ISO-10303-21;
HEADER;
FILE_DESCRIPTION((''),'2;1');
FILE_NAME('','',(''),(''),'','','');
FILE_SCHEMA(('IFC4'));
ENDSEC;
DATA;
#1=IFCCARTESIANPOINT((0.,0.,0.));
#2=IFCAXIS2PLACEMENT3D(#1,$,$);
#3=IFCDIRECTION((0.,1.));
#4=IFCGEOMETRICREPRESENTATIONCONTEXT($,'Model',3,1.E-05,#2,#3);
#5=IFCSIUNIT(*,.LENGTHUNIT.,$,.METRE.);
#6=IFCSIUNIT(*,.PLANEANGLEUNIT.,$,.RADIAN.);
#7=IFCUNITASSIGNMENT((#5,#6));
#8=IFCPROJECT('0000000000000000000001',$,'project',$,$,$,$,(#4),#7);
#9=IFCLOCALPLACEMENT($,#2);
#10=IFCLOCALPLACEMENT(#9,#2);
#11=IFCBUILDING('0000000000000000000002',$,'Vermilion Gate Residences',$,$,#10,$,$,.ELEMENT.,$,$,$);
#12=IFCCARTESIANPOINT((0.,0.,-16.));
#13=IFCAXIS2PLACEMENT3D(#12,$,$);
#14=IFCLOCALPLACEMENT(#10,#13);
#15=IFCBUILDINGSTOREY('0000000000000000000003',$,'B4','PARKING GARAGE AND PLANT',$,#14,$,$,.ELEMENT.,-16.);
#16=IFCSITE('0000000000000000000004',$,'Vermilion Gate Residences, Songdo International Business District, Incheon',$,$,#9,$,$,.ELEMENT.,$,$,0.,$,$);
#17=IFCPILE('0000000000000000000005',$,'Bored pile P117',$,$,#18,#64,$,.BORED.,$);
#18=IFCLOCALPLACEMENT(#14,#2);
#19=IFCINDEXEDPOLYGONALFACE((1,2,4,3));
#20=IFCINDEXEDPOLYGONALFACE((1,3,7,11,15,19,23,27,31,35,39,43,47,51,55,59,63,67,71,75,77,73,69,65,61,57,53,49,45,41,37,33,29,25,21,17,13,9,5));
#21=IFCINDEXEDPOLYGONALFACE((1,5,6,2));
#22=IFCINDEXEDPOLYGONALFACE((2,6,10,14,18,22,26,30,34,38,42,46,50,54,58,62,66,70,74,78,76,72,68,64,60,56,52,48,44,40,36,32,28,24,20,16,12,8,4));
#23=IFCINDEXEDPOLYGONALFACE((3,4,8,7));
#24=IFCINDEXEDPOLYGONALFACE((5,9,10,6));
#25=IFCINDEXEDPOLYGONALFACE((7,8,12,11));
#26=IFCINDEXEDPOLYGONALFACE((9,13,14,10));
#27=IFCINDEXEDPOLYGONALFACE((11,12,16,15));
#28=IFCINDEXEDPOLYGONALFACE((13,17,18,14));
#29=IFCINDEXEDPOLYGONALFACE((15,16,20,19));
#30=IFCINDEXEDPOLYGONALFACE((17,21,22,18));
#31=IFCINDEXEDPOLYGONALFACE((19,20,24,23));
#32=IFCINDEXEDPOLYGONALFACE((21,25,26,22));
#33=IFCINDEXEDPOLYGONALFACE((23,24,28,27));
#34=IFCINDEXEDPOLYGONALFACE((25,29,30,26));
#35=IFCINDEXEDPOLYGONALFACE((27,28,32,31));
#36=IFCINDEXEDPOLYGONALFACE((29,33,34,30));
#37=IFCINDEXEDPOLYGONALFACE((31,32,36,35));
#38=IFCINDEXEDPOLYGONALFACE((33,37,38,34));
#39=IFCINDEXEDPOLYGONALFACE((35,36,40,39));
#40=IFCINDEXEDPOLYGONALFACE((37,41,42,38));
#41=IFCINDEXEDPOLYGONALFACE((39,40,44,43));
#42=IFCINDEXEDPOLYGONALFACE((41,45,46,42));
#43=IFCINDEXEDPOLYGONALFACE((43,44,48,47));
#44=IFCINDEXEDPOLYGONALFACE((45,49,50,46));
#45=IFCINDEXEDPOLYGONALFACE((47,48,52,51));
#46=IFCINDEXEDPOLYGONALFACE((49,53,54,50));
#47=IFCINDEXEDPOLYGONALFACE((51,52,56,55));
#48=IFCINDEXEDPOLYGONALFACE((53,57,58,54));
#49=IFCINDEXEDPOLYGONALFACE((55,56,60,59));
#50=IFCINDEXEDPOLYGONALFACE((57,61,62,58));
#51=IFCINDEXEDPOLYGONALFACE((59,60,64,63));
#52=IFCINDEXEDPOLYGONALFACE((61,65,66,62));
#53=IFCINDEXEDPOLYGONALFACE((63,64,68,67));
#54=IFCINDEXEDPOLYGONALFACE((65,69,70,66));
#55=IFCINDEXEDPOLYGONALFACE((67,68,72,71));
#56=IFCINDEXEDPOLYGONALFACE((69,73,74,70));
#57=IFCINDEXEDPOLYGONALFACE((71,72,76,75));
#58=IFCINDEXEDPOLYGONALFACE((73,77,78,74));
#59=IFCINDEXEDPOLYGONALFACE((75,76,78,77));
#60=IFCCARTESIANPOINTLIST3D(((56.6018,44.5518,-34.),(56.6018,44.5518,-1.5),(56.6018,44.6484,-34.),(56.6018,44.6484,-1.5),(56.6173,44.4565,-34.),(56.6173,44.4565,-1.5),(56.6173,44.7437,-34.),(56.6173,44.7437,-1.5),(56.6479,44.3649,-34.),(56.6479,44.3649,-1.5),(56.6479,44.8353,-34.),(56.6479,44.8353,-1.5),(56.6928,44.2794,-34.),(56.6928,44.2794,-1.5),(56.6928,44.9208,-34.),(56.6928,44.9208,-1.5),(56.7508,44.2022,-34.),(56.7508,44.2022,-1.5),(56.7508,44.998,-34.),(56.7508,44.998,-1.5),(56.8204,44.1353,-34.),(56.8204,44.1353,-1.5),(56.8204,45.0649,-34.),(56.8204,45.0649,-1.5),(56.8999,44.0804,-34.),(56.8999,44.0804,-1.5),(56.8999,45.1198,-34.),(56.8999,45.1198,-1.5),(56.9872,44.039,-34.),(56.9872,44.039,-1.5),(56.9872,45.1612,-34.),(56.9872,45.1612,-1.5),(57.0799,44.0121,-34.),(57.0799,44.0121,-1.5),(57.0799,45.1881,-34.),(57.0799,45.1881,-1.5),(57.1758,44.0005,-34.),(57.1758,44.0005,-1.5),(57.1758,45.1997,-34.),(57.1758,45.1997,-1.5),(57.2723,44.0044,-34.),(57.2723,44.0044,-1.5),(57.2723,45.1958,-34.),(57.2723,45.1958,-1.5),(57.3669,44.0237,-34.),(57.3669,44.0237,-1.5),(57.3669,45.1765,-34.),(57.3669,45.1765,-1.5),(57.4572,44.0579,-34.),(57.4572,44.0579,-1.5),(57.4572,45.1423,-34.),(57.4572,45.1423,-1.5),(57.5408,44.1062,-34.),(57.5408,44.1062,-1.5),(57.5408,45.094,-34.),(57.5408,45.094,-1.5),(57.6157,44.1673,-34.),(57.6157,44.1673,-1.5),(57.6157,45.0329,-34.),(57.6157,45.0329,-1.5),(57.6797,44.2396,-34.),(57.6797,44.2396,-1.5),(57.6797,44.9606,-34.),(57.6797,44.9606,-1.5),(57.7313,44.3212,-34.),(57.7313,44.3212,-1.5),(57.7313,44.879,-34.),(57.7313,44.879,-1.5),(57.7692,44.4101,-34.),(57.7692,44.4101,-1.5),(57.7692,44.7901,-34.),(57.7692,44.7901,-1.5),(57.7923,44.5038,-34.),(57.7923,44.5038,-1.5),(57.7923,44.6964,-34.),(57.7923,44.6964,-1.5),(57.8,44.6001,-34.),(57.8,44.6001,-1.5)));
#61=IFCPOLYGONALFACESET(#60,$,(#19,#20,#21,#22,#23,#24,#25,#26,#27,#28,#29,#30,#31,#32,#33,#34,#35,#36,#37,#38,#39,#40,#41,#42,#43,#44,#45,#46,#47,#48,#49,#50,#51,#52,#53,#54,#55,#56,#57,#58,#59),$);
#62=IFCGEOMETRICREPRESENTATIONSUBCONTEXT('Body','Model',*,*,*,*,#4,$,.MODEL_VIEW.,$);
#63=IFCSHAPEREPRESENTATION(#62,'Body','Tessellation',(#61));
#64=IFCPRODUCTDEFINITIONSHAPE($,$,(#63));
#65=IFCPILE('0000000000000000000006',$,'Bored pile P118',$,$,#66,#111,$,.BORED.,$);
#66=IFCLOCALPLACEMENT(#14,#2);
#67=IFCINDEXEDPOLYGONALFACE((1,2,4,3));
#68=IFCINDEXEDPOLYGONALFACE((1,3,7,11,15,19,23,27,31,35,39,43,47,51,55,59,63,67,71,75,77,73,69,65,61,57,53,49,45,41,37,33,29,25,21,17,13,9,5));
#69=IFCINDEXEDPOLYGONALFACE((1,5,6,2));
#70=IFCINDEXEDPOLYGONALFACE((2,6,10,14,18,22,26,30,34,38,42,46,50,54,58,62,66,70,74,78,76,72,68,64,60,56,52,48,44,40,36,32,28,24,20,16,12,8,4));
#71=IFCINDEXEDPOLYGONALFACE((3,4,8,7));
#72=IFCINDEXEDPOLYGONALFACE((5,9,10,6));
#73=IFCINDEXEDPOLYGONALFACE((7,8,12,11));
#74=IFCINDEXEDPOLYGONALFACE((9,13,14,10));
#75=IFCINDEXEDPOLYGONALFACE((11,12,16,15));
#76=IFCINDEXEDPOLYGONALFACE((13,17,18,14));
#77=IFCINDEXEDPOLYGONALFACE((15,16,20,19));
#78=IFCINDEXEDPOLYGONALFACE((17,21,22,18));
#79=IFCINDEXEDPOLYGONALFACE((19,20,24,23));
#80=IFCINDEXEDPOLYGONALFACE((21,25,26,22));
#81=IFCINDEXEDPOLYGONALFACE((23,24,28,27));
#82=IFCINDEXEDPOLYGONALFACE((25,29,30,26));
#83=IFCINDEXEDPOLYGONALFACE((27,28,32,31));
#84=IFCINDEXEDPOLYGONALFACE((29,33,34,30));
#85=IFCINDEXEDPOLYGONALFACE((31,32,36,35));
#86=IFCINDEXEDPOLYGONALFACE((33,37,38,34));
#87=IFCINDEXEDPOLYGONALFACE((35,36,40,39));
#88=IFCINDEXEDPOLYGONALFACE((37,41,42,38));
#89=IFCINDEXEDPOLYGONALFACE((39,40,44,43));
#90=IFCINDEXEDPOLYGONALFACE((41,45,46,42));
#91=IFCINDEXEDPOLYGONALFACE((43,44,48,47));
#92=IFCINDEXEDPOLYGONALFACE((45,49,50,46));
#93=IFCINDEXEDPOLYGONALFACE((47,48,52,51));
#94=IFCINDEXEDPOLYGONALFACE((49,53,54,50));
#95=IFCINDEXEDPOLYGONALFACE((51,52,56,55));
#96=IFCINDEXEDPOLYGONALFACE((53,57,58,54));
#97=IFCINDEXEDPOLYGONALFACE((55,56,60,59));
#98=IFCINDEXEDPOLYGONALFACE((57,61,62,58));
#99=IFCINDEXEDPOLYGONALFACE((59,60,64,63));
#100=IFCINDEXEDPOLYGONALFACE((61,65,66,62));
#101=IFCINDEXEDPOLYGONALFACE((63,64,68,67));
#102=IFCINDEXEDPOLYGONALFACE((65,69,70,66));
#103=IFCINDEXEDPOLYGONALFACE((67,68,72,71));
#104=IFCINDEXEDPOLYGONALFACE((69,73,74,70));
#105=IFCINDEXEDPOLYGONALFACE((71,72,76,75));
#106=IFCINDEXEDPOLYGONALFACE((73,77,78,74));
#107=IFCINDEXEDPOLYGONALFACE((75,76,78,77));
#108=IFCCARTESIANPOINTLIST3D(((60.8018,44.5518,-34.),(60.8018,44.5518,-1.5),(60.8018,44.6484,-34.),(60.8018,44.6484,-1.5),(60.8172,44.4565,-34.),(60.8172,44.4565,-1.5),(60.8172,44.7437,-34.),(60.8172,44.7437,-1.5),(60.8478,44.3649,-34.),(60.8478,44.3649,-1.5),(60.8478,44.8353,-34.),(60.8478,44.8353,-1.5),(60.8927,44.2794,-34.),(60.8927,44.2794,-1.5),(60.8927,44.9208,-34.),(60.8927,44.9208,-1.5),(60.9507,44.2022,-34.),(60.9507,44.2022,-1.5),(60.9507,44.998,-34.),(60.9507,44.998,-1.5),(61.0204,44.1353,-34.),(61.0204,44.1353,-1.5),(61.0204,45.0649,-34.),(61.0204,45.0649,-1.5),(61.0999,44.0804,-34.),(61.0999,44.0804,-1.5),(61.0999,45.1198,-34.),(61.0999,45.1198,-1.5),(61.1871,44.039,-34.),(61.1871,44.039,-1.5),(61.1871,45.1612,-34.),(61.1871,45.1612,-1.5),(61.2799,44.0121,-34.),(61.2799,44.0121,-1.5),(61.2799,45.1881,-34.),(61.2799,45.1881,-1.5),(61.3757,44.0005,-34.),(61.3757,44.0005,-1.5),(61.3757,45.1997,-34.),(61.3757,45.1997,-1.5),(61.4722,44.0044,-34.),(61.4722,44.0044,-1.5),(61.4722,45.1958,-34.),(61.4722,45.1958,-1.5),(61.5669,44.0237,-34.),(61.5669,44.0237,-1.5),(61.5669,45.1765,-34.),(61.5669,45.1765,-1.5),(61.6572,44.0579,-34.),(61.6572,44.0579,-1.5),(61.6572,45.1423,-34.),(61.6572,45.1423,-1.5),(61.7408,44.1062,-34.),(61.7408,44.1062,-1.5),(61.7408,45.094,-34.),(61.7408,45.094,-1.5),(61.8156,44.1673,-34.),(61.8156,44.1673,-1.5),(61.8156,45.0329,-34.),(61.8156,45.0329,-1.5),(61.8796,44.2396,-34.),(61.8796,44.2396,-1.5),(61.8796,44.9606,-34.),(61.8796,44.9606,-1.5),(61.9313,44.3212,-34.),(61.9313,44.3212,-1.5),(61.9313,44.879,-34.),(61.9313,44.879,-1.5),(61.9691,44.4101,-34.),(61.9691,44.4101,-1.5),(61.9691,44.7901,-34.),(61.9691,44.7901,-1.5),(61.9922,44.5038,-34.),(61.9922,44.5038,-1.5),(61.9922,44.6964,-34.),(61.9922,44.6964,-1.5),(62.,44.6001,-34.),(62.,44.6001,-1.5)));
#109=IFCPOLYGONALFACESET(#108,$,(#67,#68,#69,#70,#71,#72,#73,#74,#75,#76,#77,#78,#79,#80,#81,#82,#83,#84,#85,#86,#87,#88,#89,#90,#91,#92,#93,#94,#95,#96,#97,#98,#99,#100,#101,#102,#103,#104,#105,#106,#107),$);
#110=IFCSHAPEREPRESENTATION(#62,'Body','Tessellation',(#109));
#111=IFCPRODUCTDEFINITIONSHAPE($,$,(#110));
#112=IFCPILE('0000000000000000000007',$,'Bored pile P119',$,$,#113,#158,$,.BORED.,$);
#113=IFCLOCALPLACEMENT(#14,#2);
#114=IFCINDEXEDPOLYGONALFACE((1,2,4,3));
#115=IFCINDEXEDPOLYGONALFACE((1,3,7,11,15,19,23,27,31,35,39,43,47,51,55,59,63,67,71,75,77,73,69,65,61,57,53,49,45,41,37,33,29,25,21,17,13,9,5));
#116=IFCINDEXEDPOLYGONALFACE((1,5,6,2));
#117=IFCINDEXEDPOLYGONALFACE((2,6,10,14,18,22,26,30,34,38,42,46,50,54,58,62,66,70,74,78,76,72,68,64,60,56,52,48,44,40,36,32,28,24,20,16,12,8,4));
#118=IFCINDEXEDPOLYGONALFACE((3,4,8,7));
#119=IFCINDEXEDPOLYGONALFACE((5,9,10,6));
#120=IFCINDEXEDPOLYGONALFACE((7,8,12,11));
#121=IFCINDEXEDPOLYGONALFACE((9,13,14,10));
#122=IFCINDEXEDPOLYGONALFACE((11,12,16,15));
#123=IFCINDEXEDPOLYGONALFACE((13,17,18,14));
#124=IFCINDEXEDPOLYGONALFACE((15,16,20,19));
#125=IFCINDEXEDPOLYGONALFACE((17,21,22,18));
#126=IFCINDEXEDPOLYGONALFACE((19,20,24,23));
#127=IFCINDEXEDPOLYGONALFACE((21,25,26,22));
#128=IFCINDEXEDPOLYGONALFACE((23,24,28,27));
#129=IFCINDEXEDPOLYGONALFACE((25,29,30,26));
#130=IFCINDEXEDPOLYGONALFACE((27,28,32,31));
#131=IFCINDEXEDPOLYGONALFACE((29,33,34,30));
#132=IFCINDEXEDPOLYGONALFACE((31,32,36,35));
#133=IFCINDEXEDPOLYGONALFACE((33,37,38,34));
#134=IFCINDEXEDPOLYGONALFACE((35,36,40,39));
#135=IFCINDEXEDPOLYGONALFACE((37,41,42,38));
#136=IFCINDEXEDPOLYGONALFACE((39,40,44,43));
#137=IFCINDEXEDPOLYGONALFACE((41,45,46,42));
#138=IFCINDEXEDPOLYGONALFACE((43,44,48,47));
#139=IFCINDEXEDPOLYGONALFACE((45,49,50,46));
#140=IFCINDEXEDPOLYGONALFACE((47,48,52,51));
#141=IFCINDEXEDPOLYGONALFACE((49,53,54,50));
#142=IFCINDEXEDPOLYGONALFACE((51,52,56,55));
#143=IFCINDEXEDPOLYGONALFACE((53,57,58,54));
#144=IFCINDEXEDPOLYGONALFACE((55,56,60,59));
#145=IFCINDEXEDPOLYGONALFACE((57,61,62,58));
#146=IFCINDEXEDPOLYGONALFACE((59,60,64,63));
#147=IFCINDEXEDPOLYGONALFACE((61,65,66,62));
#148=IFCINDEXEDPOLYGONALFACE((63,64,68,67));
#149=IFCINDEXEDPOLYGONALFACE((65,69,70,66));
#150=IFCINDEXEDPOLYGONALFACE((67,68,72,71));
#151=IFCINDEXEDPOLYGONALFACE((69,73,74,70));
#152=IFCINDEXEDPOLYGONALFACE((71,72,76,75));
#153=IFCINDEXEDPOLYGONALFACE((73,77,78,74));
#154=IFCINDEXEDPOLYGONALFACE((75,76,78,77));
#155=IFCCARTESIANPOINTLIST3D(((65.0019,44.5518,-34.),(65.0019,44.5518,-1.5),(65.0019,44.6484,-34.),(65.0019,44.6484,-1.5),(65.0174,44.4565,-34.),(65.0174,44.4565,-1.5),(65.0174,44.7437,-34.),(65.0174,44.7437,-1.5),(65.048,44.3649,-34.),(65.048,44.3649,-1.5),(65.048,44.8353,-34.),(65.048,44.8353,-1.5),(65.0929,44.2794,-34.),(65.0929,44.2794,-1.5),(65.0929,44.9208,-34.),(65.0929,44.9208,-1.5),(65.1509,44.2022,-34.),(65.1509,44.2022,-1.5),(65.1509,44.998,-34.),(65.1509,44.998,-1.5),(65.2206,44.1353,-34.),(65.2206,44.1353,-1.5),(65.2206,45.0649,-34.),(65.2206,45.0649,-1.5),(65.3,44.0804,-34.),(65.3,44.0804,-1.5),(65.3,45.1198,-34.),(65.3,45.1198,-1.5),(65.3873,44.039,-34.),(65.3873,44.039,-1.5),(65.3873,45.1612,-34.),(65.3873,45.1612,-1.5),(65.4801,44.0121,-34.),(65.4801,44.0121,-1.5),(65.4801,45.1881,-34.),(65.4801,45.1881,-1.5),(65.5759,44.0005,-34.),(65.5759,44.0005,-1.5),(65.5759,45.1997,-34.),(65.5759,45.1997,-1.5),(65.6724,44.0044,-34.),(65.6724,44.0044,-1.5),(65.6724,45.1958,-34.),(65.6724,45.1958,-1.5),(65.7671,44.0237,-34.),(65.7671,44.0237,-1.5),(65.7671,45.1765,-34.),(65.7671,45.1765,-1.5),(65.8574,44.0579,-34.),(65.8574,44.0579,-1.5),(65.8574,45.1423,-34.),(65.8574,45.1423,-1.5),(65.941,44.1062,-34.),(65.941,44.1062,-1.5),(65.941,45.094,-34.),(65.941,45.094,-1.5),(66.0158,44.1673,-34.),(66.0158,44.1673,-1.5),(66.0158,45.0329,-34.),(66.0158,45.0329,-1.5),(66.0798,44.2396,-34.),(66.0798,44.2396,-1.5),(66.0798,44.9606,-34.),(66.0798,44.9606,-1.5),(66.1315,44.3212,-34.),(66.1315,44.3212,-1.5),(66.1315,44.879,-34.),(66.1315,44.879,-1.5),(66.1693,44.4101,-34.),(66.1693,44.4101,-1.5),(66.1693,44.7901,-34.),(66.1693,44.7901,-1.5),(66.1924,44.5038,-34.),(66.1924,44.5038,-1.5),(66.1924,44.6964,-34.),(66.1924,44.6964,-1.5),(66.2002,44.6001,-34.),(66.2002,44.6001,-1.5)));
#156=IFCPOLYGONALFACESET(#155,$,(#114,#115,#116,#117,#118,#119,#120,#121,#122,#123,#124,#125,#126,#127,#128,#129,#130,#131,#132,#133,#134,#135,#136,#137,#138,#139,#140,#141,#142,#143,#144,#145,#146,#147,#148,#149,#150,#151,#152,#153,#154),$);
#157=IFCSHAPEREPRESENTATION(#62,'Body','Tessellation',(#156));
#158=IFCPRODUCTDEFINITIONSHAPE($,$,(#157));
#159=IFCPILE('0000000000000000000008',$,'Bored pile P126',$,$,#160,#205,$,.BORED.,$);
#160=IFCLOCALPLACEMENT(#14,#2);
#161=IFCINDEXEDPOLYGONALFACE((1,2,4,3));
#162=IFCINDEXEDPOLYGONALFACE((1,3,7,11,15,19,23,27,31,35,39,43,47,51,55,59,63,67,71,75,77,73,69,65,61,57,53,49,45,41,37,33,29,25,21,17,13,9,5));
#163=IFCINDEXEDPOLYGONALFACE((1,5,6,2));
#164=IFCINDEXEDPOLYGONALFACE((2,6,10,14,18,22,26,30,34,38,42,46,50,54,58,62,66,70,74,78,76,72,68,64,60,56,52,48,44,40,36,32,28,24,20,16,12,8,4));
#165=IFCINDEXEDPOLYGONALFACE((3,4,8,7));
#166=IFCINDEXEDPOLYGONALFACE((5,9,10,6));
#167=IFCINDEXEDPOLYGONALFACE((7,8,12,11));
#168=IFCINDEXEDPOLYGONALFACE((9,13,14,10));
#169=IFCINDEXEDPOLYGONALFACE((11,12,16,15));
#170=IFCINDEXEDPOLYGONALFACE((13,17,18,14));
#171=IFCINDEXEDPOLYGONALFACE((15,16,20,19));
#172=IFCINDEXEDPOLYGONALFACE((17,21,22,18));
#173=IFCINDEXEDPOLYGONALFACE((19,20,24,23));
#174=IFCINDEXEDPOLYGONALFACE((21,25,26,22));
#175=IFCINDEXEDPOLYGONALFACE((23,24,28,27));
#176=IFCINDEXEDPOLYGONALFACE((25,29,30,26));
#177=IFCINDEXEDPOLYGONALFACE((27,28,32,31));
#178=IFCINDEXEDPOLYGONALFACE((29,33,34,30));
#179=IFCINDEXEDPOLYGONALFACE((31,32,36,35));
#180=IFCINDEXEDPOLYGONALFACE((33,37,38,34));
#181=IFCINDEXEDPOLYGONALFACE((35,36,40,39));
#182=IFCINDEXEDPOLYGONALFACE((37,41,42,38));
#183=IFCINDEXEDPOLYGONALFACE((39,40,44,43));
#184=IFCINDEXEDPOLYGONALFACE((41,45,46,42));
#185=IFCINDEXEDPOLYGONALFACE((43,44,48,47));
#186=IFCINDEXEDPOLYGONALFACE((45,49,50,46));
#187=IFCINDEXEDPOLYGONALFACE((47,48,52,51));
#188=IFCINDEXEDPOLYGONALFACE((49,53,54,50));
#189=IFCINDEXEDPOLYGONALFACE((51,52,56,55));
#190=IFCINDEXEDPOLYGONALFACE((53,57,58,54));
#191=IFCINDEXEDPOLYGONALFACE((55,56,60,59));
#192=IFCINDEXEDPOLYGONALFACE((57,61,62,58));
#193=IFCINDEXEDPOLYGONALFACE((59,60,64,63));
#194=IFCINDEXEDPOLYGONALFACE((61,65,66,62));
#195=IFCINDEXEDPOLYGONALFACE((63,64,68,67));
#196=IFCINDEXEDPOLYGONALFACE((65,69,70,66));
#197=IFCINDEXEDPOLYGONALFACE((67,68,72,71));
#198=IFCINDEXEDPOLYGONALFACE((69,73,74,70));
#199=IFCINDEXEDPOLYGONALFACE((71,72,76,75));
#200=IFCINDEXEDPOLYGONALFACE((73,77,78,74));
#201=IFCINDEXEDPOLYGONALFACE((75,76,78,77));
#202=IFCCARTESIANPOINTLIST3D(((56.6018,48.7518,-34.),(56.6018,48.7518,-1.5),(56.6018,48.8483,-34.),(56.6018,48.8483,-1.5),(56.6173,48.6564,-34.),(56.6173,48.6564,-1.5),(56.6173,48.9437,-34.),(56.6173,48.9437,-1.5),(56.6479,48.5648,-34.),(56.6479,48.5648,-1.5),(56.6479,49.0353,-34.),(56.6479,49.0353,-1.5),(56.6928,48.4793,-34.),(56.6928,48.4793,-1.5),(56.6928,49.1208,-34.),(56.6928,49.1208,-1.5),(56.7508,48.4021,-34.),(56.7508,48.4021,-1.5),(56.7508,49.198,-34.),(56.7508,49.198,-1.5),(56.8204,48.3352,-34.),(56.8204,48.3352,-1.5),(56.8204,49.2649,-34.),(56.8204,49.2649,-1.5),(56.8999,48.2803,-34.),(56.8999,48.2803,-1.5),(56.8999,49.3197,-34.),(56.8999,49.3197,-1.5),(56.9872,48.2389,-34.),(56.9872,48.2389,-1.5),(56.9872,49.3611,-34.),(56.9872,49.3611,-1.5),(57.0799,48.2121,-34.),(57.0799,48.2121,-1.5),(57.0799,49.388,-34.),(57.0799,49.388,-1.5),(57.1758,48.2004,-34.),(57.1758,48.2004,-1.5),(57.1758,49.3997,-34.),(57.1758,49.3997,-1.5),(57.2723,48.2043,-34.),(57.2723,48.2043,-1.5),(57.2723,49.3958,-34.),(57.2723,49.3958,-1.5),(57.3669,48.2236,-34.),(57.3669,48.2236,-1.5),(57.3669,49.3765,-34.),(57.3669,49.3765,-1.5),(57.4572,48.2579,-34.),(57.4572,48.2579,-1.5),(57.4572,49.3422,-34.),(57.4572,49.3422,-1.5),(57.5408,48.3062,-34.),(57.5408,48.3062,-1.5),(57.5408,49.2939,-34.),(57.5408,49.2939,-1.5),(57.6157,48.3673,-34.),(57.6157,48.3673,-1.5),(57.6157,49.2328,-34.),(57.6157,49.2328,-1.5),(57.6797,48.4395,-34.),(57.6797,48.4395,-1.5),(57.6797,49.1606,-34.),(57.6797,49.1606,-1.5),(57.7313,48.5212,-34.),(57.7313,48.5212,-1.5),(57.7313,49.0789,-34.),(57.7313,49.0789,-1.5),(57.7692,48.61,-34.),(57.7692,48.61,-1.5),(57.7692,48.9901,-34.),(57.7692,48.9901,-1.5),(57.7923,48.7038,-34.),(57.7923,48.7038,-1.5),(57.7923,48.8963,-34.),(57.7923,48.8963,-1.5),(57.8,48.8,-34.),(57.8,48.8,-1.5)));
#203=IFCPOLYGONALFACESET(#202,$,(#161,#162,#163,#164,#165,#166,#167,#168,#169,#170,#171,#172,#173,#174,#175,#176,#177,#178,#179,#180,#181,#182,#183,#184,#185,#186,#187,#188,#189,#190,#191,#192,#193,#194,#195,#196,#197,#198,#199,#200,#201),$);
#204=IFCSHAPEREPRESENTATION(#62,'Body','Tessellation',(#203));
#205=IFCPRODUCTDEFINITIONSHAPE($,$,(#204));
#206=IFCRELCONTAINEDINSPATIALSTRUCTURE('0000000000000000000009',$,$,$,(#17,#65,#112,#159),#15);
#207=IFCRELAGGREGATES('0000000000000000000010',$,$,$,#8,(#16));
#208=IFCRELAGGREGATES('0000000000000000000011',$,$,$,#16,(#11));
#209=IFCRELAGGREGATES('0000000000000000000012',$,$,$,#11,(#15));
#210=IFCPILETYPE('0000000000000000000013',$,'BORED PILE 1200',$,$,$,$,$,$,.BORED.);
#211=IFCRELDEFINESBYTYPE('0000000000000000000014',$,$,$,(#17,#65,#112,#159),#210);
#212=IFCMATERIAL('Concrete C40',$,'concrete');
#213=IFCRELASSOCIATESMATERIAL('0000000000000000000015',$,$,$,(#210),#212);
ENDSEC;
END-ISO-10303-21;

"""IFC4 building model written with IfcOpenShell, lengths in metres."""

from ifc_helpers import new_model, si_unit, direction, frame, origin, origin_2d, place, context, subcontext, project, spatial, circle, extrude, material, material_profile, profile_set, type_object, element, save


model = new_model("IFC4")

# Units and contexts
model_context = context("Model", 3, precision=1e-05, world=origin(), true_north=direction((0.0, 1.0)))
body_context = subcontext(model_context, "Body", "Model", "MODEL_VIEW")
ifc_project = project(units=[si_unit("LENGTHUNIT", "METRE"), si_unit("PLANEANGLEUNIT", "RADIAN")], contexts=[model_context])

# Site, building, storey
site_placement = place(None, origin())
site = spatial("IfcSite", under=ifc_project, at=site_placement, Name="Vermilion Gate Residences, Songdo International Business District, Incheon", CompositionType="ELEMENT", RefElevation=0.0)
building_placement = place(site_placement, origin())
building = spatial("IfcBuilding", under=site, at=building_placement, Name="Vermilion Gate Residences", CompositionType="ELEMENT")
storey_placement = place(building_placement, frame((0.0, 0.0, -16.0)))
storey = spatial("IfcBuildingStorey", under=building, at=storey_placement, Name="B4", Description="PARKING GARAGE AND PLANT", CompositionType="ELEMENT", Elevation=-16.0)

# Piles
ifc_material_1 = material(Name="Concrete C40", Category="concrete")
ifc_material_profile_1 = material_profile(ifc_material_1, circle(Radius=0.6001, at=origin_2d()), Name="BORED PILE 1200")
ifc_profile_set_1 = profile_set([ifc_material_profile_1], Name="Concrete C40")
pile_type = type_object("IfcPileType", Name="BORED PILE 1200", PredefinedType="BORED", material=ifc_profile_set_1)
for number, where, z_axis, x_axis, name in (
    (1, (57.2, 44.6001, -1.5), (0.0, 0.0, -1.0), (1.0, 0.0, 0.0), "Bored pile P117"),
    (2, (61.3999, 44.6001, -1.5), (0.0, 0.0, -1.0), (1.0, 0.0, 0.0), "Bored pile P118"),
    (3, (65.6001, 44.6001, -1.5), (0.0, 0.0, -1.0), (1.0, 0.0, 0.0), "Bored pile P119"),
    (4, (57.2, 48.8, -1.5), (0.0, 0.0, -1.0), (1.0, 0.0, 0.0), "Bored pile P126"),
):
    element("IfcPile", number, at=place(storey_placement, frame(where, z_axis=z_axis, x_axis=x_axis)), inside=storey, type_object=pile_type, Name=name, PredefinedType="BORED", context=body_context, shape_type="SweptSolid", body=[
        extrude(circle(Radius=0.6001, at=origin_2d()), origin(), (0.0, 0.0, 1.0), 32.5),
    ])

save(model, "model.ifc")
